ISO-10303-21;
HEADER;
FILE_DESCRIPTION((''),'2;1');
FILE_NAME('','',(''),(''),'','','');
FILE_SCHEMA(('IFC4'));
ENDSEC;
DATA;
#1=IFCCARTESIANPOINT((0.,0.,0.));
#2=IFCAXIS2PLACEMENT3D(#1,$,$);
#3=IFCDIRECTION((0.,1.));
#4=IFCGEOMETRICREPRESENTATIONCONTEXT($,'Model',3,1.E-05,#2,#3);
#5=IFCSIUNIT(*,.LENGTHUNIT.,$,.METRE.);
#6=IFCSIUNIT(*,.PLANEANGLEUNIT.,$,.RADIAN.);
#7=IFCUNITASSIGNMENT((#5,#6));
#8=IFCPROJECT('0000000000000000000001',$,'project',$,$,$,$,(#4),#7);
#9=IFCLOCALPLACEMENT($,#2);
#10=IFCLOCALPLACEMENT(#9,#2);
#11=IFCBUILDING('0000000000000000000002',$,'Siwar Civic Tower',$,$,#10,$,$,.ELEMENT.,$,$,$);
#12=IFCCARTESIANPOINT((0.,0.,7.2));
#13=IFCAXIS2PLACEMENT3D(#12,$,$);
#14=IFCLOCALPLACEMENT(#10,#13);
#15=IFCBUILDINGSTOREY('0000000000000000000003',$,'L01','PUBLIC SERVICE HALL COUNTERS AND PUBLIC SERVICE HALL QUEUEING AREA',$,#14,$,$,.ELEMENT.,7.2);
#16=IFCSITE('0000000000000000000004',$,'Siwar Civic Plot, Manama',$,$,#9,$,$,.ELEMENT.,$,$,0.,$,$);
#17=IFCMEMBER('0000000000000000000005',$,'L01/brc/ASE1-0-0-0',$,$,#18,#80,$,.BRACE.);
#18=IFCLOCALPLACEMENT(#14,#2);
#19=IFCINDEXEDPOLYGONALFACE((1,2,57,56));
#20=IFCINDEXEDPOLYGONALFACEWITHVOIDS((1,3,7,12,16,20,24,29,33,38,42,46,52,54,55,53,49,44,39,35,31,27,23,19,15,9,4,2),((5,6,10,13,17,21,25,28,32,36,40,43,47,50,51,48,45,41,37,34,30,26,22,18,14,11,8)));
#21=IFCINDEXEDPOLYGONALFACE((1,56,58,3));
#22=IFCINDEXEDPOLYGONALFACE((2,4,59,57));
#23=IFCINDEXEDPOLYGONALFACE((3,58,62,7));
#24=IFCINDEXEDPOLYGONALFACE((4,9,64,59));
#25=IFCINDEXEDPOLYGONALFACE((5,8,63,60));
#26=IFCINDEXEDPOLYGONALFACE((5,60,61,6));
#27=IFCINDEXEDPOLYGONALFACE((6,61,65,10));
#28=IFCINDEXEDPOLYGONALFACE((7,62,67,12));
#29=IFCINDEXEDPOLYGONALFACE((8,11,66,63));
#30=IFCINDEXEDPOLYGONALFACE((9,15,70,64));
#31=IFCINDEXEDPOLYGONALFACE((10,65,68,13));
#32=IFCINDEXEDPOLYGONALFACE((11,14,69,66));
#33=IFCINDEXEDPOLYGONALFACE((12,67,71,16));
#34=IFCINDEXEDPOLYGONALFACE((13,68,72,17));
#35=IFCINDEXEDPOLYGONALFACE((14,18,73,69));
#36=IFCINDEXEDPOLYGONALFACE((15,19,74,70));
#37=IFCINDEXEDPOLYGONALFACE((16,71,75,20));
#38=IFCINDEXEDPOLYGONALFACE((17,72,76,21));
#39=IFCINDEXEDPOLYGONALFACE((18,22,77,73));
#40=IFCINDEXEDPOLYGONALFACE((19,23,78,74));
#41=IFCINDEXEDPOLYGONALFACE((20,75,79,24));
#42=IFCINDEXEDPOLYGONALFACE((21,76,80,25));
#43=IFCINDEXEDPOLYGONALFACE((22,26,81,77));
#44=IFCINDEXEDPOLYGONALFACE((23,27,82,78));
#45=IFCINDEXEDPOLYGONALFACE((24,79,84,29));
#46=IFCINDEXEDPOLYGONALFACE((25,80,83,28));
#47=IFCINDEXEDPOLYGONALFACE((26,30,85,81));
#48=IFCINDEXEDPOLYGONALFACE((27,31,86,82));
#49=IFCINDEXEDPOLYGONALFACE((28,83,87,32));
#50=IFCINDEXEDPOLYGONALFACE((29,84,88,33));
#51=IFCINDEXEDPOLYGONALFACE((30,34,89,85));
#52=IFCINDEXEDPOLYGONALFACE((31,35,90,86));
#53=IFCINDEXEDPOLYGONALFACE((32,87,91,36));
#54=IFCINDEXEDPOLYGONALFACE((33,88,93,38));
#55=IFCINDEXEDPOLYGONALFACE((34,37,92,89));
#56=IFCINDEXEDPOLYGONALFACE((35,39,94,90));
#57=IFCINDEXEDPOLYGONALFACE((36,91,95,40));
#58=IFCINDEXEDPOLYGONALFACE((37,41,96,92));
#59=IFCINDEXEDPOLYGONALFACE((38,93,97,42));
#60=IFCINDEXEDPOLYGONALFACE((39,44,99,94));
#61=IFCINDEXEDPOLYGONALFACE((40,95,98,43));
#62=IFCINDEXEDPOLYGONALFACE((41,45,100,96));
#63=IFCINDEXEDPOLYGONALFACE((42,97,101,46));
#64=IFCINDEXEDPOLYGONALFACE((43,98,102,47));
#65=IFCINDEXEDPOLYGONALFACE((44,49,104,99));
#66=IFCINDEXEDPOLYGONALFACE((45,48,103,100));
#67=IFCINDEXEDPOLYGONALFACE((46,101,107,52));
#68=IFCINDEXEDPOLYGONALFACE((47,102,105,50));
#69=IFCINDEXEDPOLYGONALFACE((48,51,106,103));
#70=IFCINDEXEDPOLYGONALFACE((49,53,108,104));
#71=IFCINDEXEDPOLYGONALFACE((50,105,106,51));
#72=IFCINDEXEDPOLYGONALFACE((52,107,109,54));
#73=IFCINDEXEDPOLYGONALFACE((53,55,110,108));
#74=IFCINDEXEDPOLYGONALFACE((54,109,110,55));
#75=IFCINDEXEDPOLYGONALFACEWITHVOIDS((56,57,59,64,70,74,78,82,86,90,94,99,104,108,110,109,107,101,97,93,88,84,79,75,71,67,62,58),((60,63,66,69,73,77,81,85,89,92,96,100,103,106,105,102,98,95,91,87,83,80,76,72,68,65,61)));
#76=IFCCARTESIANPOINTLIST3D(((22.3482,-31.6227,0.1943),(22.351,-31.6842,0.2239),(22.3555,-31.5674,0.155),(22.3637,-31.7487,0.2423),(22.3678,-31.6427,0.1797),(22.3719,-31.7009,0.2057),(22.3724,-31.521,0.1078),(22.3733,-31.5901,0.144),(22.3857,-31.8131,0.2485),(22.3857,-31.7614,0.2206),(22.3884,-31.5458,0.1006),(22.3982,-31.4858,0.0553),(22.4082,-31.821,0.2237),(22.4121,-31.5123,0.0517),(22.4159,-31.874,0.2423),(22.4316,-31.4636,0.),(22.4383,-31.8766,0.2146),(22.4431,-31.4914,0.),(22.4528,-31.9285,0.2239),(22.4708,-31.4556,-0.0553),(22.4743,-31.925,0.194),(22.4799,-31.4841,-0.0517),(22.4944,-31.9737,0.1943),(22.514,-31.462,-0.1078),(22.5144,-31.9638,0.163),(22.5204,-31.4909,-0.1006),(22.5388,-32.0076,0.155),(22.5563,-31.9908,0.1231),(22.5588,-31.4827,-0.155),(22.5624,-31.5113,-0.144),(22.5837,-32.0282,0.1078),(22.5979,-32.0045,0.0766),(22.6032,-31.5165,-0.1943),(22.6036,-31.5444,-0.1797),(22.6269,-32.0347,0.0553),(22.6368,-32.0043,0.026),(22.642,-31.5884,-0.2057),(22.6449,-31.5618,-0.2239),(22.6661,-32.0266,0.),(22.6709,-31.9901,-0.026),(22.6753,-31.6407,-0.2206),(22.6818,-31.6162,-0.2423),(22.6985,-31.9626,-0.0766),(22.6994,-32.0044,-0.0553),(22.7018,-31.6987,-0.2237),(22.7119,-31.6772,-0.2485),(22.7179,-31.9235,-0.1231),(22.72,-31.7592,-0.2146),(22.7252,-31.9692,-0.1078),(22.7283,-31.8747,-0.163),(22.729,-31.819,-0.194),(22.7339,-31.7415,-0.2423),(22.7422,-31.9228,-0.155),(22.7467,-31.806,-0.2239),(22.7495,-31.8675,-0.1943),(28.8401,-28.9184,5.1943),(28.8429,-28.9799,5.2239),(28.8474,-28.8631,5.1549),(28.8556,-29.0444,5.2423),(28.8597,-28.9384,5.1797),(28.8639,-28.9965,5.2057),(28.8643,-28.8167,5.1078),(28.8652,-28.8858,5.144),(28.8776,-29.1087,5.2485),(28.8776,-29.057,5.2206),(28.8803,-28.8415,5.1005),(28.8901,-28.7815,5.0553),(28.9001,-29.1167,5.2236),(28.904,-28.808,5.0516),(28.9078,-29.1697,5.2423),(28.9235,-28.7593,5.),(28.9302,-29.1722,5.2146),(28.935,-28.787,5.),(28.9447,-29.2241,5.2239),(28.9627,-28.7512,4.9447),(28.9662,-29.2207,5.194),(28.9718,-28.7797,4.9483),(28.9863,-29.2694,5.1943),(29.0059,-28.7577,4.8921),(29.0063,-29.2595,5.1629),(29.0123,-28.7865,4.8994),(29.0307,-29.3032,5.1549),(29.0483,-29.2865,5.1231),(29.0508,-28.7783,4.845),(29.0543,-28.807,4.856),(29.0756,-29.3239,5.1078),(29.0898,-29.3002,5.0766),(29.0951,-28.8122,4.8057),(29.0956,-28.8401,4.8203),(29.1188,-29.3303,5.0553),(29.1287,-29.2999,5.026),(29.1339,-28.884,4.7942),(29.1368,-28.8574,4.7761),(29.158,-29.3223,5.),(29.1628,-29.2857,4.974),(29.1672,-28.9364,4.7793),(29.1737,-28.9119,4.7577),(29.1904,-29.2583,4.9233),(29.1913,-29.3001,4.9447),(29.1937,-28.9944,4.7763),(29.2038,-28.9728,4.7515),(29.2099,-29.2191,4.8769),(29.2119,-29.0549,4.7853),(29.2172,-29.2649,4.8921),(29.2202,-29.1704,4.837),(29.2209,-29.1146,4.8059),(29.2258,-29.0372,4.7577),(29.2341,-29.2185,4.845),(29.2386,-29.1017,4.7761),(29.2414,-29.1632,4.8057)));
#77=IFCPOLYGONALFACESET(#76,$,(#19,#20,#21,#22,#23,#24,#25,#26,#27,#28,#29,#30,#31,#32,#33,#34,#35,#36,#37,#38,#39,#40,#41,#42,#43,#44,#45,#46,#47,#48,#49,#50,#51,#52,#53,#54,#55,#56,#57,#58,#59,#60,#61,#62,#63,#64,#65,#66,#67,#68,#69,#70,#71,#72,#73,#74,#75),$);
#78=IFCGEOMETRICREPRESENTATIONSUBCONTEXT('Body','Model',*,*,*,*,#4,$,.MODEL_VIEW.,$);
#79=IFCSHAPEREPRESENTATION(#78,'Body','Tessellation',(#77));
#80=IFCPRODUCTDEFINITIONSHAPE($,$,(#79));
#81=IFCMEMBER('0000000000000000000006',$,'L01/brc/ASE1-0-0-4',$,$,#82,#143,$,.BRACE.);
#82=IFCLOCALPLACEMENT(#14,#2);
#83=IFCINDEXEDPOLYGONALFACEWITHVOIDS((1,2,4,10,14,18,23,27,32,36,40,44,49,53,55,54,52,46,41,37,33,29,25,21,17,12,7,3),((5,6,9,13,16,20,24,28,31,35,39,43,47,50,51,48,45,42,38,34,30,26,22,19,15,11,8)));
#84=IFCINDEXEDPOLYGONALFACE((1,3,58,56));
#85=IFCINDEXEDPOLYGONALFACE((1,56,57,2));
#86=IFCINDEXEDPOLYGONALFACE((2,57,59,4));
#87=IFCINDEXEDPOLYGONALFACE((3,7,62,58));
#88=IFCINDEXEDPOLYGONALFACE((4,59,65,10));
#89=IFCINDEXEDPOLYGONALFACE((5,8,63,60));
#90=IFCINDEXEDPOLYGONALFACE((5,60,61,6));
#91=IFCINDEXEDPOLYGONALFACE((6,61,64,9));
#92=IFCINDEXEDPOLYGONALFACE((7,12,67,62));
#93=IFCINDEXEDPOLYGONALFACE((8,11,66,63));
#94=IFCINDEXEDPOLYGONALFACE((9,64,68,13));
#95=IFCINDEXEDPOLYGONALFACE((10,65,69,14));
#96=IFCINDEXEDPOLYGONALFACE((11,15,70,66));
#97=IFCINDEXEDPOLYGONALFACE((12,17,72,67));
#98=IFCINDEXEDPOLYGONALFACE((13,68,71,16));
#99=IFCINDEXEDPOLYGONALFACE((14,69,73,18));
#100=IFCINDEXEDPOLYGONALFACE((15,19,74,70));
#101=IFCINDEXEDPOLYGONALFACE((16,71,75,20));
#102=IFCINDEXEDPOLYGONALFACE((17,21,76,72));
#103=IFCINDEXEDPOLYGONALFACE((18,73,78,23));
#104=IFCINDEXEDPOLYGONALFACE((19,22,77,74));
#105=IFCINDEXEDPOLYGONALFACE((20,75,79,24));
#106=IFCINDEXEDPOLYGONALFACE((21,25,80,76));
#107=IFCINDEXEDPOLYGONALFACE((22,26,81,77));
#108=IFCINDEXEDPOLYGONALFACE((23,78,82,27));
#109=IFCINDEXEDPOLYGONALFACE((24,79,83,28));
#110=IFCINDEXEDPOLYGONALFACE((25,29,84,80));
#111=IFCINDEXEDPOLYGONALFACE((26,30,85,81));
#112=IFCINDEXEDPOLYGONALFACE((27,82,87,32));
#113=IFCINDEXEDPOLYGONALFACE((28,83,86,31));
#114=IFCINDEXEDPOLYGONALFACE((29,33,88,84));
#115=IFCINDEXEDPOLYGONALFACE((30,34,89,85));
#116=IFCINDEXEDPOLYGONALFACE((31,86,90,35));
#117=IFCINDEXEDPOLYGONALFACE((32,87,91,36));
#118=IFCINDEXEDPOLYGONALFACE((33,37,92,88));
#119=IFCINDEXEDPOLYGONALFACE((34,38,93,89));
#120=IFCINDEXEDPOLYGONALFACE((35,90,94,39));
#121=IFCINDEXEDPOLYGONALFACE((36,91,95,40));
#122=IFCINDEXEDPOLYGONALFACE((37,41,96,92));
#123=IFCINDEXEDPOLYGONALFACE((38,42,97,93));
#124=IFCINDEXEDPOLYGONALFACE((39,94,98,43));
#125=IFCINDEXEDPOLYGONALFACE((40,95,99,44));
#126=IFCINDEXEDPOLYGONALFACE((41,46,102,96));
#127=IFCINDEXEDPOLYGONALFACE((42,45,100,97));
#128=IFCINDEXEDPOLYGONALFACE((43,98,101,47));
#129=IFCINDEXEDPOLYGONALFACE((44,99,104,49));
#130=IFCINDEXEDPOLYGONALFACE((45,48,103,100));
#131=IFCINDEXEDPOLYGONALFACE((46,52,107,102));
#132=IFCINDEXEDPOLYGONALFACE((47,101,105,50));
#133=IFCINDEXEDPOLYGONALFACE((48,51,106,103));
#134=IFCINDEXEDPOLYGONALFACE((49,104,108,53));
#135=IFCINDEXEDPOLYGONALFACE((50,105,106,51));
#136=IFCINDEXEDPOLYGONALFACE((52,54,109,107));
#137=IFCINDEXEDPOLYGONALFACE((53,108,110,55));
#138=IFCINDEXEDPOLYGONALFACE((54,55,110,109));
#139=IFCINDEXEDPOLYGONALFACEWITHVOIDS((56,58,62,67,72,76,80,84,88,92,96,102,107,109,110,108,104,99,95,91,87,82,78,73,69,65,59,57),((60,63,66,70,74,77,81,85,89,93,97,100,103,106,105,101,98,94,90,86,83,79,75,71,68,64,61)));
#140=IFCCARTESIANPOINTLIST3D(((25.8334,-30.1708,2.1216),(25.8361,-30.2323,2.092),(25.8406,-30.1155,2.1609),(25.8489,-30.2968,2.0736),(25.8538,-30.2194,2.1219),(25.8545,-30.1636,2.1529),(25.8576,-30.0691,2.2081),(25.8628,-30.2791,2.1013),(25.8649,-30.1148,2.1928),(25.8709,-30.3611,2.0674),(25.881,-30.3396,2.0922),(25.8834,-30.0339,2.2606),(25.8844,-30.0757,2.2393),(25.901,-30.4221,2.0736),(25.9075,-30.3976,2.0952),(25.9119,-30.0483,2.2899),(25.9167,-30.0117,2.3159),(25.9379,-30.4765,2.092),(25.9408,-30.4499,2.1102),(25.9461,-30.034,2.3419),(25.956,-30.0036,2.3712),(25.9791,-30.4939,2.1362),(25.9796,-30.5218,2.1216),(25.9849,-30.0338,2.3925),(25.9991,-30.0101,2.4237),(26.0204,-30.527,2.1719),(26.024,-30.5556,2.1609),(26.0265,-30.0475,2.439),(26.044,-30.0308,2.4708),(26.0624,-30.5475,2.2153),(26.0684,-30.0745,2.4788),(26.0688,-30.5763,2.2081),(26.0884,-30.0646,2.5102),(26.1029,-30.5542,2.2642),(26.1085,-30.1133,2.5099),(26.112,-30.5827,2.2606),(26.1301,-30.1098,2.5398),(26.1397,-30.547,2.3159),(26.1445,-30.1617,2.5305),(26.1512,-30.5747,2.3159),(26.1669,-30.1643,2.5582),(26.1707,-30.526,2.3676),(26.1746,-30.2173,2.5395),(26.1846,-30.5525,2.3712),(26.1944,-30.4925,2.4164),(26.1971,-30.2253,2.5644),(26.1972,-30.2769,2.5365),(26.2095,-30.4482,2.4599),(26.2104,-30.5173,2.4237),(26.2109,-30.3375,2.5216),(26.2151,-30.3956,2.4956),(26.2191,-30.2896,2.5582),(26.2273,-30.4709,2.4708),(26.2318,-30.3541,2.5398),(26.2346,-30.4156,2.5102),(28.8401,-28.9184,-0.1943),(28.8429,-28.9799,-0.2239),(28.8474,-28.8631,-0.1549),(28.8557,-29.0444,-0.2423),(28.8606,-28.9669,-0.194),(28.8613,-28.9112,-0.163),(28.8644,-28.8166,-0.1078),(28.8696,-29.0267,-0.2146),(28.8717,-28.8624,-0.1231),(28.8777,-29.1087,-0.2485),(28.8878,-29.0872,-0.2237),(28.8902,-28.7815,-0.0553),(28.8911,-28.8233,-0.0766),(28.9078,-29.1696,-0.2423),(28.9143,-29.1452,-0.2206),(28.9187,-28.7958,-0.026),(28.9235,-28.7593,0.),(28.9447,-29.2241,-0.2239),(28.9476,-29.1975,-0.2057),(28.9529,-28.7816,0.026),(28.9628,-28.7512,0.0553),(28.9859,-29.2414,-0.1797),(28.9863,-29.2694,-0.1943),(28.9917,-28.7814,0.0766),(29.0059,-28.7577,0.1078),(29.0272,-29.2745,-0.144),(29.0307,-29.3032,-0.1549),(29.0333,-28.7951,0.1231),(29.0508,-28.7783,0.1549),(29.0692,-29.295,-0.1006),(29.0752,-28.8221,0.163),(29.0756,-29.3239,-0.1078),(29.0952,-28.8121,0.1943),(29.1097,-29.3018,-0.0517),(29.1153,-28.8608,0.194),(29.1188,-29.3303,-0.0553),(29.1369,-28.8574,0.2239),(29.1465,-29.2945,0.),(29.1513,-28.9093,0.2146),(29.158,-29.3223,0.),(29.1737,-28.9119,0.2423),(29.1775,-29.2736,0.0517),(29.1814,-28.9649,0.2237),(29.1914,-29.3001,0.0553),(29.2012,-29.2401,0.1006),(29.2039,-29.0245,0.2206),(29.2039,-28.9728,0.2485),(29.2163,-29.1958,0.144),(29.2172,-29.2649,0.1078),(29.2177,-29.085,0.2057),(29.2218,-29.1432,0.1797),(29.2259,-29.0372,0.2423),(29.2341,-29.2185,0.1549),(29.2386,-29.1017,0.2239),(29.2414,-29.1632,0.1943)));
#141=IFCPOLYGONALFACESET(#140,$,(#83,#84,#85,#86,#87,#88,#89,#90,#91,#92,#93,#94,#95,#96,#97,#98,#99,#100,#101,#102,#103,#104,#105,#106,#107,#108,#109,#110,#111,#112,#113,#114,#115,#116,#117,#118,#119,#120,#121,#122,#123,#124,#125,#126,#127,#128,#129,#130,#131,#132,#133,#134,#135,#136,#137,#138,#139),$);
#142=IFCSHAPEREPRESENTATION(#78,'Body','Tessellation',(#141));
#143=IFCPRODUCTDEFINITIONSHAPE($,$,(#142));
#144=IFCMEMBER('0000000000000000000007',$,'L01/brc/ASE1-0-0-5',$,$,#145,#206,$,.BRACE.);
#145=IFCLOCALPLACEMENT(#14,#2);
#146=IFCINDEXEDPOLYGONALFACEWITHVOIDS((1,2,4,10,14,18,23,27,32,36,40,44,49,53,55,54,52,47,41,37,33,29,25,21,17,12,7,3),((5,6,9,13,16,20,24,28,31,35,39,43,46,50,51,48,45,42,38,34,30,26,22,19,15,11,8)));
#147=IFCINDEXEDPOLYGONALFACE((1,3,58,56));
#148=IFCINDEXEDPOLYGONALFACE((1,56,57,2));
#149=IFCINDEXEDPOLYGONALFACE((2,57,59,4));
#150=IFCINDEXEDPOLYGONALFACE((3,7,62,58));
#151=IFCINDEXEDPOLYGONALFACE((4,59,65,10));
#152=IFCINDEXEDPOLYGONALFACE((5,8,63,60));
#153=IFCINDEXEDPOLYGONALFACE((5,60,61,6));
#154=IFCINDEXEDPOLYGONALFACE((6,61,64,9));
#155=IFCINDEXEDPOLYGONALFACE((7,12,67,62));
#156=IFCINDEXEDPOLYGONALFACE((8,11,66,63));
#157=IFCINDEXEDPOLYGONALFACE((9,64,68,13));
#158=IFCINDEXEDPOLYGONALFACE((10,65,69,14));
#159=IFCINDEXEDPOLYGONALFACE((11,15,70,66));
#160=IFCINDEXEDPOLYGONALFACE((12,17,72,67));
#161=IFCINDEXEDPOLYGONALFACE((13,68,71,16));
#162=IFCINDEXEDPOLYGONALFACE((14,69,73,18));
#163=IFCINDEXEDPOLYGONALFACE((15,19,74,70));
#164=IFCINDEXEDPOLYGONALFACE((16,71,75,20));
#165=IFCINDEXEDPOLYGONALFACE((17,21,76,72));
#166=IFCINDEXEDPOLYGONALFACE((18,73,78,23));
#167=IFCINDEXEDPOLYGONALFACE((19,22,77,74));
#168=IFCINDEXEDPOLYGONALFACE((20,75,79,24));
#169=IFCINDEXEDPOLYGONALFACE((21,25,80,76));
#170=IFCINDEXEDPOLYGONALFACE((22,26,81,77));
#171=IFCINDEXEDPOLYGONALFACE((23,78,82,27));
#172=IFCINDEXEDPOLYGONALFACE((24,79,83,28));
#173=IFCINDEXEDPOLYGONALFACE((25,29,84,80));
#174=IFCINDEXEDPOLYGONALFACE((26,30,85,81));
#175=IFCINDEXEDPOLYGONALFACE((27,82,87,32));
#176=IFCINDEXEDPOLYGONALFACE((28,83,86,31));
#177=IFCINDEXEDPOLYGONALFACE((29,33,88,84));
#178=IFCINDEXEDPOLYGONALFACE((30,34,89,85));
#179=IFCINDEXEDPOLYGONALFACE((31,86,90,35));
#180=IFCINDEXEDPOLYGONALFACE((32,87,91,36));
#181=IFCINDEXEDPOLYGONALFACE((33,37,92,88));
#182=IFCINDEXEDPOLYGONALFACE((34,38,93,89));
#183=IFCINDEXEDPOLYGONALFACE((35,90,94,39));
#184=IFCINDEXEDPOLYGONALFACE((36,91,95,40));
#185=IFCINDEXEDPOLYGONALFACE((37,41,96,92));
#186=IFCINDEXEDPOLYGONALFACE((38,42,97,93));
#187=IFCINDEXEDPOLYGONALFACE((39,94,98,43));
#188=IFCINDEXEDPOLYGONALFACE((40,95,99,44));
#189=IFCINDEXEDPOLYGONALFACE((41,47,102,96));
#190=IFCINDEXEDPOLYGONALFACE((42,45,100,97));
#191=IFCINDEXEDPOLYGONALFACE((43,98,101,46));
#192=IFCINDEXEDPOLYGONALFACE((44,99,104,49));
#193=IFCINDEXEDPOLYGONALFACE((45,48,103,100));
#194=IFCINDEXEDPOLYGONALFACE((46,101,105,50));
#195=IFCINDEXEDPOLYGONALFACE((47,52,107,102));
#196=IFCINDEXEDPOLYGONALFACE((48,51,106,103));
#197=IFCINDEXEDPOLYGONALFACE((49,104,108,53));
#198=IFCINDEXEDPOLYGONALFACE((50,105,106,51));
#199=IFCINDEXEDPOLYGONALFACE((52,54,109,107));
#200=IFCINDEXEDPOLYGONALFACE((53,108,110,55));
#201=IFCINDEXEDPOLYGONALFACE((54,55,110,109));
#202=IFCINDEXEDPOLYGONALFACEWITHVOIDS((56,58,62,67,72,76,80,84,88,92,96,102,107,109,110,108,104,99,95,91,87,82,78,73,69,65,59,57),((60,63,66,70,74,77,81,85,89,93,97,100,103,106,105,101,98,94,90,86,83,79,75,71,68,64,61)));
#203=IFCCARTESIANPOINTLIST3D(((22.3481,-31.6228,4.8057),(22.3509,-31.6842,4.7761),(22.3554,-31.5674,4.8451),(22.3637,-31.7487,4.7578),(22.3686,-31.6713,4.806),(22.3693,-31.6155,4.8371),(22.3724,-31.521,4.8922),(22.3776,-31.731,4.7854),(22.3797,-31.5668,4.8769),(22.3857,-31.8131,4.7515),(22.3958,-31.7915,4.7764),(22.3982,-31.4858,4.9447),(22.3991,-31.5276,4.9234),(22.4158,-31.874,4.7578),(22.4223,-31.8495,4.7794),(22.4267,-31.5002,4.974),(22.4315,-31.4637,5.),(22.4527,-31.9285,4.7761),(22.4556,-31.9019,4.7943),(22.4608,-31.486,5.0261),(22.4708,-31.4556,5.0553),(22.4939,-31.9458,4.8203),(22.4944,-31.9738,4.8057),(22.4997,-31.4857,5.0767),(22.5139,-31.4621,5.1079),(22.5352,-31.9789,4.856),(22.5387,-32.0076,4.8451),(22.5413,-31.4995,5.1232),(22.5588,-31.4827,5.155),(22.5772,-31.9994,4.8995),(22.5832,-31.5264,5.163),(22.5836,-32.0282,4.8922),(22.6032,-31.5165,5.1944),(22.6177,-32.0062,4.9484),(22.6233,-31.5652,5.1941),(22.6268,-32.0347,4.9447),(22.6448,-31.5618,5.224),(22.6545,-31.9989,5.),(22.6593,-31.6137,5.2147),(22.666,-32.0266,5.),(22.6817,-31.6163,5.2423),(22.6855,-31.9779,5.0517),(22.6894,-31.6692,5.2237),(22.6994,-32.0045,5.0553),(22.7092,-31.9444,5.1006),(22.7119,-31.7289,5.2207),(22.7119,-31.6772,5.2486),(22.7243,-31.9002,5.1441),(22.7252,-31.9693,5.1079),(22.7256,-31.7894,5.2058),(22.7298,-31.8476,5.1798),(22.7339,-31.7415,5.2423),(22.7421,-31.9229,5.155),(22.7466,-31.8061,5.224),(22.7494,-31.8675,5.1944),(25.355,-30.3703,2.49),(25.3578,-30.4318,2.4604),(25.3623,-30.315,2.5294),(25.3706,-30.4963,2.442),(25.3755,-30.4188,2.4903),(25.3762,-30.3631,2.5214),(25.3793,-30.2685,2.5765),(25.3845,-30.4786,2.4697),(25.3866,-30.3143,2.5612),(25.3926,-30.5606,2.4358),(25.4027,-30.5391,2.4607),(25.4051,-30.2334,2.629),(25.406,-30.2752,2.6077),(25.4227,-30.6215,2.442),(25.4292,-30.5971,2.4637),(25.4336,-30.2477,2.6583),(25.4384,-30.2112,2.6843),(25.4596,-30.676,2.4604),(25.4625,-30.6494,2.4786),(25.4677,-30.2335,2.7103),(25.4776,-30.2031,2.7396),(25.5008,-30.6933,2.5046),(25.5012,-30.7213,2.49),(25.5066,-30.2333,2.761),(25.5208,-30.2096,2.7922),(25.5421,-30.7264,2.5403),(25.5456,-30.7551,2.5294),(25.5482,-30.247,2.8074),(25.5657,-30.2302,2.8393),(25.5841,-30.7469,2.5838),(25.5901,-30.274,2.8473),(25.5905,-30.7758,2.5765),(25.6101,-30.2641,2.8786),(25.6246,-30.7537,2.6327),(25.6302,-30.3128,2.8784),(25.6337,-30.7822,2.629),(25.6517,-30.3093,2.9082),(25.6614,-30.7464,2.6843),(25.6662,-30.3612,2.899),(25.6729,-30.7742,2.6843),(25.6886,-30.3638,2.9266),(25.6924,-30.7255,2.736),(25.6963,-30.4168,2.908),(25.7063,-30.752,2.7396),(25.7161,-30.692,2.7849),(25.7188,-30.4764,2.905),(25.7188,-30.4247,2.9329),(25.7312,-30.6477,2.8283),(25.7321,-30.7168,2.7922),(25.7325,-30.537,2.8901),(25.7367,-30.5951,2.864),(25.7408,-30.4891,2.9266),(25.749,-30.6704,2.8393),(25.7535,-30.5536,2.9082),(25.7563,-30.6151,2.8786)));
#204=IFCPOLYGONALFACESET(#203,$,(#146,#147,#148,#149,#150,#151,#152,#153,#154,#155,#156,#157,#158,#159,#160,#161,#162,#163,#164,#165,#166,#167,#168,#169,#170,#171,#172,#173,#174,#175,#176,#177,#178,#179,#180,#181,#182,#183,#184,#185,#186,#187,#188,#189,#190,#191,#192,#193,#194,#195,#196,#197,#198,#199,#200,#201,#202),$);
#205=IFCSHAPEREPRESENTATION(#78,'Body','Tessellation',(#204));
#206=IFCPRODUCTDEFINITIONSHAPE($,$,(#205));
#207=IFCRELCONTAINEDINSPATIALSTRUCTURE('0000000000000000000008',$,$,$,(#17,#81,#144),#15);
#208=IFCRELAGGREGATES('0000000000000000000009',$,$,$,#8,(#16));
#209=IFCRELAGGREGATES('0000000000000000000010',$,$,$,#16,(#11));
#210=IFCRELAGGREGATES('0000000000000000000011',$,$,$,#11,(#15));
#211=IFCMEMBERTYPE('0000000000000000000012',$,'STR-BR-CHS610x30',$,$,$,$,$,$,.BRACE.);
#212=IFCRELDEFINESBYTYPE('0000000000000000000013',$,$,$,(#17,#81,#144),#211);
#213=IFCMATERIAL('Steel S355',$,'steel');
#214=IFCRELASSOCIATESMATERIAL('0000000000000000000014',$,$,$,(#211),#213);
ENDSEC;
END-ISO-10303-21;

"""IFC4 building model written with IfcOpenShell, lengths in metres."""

from ifc_helpers import new_model, si_unit, direction, frame, origin, origin_2d, place, context, subcontext, project, spatial, hollow_circle, extrude, material, material_profile, profile_set, type_object, element, save


model = new_model("IFC4")

# Units and contexts
model_context = context("Model", 3, precision=1e-05, world=origin(), true_north=direction((0.0, 1.0)))
body_context = subcontext(model_context, "Body", "Model", "MODEL_VIEW")
ifc_project = project(units=[si_unit("LENGTHUNIT", "METRE"), si_unit("PLANEANGLEUNIT", "RADIAN")], contexts=[model_context])

# Site, building, storey
site_placement = place(None, origin())
site = spatial("IfcSite", under=ifc_project, at=site_placement, Name="Siwar Civic Plot, Manama", CompositionType="ELEMENT", RefElevation=0.0)
building_placement = place(site_placement, origin())
building = spatial("IfcBuilding", under=site, at=building_placement, Name="Siwar Civic Tower", CompositionType="ELEMENT")
storey_placement = place(building_placement, frame((0.0, 0.0, 7.2)))
storey = spatial("IfcBuildingStorey", under=building, at=storey_placement, Name="L01", Description="PUBLIC SERVICE HALL COUNTERS AND PUBLIC SERVICE HALL QUEUEING AREA", CompositionType="ELEMENT", Elevation=7.2)

# Members
ifc_material_1 = material(Name="Steel S355", Category="steel")
ifc_material_profile_1 = material_profile(ifc_material_1, hollow_circle(Radius=0.3049, WallThickness=0.03, at=origin_2d()), Name="CHS610x30")
ifc_profile_set_1 = profile_set([ifc_material_profile_1], Name="Steel S355")
member_type_1 = type_object("IfcMemberType", Name="STR-BR-CHS610x30", PredefinedType="BRACE", material=ifc_profile_set_1)
member_1_placement = place(storey_placement, frame((22.5488, -31.7451, 0.0), z_axis=(0.752344, 0.313404, 0.579445), x_axis=(-0.384539, 0.923109, 0.0)))
element("IfcMember", 1, at=member_1_placement, inside=storey, type_object=member_type_1, Name="L01/brc/ASE1-0-0-0", PredefinedType="BRACE", context=body_context, shape_type="SweptSolid", body=[
    extrude(hollow_circle(Radius=0.3049, WallThickness=0.03, at=origin_2d()), origin(), (0.0, 0.0, 1.0), 8.6289),
])
for number, where, z_axis, x_axis, name in (
    (2, (29.0408, -29.0408, 0.0), (-0.752341, -0.313373, 0.579466), (0.384509, -0.923121, 0.0), "L01/brc/ASE1-0-0-4"),
    (3, (25.5557, -30.4927, 2.6843), (-0.752367, -0.313385, 0.579425), (0.384509, -0.923121, 0.0), "L01/brc/ASE1-0-0-5"),
):
    element("IfcMember", number, at=place(storey_placement, frame(where, z_axis=z_axis, x_axis=x_axis)), inside=storey, type_object=member_type_1, Name=name, PredefinedType="BRACE", context=body_context, shape_type="SweptSolid", body=[
        extrude(hollow_circle(Radius=0.3049, WallThickness=0.03, at=origin_2d()), origin(), (0.0, 0.0, 1.0), 3.9966),
    ])

save(model, "model.ifc")
